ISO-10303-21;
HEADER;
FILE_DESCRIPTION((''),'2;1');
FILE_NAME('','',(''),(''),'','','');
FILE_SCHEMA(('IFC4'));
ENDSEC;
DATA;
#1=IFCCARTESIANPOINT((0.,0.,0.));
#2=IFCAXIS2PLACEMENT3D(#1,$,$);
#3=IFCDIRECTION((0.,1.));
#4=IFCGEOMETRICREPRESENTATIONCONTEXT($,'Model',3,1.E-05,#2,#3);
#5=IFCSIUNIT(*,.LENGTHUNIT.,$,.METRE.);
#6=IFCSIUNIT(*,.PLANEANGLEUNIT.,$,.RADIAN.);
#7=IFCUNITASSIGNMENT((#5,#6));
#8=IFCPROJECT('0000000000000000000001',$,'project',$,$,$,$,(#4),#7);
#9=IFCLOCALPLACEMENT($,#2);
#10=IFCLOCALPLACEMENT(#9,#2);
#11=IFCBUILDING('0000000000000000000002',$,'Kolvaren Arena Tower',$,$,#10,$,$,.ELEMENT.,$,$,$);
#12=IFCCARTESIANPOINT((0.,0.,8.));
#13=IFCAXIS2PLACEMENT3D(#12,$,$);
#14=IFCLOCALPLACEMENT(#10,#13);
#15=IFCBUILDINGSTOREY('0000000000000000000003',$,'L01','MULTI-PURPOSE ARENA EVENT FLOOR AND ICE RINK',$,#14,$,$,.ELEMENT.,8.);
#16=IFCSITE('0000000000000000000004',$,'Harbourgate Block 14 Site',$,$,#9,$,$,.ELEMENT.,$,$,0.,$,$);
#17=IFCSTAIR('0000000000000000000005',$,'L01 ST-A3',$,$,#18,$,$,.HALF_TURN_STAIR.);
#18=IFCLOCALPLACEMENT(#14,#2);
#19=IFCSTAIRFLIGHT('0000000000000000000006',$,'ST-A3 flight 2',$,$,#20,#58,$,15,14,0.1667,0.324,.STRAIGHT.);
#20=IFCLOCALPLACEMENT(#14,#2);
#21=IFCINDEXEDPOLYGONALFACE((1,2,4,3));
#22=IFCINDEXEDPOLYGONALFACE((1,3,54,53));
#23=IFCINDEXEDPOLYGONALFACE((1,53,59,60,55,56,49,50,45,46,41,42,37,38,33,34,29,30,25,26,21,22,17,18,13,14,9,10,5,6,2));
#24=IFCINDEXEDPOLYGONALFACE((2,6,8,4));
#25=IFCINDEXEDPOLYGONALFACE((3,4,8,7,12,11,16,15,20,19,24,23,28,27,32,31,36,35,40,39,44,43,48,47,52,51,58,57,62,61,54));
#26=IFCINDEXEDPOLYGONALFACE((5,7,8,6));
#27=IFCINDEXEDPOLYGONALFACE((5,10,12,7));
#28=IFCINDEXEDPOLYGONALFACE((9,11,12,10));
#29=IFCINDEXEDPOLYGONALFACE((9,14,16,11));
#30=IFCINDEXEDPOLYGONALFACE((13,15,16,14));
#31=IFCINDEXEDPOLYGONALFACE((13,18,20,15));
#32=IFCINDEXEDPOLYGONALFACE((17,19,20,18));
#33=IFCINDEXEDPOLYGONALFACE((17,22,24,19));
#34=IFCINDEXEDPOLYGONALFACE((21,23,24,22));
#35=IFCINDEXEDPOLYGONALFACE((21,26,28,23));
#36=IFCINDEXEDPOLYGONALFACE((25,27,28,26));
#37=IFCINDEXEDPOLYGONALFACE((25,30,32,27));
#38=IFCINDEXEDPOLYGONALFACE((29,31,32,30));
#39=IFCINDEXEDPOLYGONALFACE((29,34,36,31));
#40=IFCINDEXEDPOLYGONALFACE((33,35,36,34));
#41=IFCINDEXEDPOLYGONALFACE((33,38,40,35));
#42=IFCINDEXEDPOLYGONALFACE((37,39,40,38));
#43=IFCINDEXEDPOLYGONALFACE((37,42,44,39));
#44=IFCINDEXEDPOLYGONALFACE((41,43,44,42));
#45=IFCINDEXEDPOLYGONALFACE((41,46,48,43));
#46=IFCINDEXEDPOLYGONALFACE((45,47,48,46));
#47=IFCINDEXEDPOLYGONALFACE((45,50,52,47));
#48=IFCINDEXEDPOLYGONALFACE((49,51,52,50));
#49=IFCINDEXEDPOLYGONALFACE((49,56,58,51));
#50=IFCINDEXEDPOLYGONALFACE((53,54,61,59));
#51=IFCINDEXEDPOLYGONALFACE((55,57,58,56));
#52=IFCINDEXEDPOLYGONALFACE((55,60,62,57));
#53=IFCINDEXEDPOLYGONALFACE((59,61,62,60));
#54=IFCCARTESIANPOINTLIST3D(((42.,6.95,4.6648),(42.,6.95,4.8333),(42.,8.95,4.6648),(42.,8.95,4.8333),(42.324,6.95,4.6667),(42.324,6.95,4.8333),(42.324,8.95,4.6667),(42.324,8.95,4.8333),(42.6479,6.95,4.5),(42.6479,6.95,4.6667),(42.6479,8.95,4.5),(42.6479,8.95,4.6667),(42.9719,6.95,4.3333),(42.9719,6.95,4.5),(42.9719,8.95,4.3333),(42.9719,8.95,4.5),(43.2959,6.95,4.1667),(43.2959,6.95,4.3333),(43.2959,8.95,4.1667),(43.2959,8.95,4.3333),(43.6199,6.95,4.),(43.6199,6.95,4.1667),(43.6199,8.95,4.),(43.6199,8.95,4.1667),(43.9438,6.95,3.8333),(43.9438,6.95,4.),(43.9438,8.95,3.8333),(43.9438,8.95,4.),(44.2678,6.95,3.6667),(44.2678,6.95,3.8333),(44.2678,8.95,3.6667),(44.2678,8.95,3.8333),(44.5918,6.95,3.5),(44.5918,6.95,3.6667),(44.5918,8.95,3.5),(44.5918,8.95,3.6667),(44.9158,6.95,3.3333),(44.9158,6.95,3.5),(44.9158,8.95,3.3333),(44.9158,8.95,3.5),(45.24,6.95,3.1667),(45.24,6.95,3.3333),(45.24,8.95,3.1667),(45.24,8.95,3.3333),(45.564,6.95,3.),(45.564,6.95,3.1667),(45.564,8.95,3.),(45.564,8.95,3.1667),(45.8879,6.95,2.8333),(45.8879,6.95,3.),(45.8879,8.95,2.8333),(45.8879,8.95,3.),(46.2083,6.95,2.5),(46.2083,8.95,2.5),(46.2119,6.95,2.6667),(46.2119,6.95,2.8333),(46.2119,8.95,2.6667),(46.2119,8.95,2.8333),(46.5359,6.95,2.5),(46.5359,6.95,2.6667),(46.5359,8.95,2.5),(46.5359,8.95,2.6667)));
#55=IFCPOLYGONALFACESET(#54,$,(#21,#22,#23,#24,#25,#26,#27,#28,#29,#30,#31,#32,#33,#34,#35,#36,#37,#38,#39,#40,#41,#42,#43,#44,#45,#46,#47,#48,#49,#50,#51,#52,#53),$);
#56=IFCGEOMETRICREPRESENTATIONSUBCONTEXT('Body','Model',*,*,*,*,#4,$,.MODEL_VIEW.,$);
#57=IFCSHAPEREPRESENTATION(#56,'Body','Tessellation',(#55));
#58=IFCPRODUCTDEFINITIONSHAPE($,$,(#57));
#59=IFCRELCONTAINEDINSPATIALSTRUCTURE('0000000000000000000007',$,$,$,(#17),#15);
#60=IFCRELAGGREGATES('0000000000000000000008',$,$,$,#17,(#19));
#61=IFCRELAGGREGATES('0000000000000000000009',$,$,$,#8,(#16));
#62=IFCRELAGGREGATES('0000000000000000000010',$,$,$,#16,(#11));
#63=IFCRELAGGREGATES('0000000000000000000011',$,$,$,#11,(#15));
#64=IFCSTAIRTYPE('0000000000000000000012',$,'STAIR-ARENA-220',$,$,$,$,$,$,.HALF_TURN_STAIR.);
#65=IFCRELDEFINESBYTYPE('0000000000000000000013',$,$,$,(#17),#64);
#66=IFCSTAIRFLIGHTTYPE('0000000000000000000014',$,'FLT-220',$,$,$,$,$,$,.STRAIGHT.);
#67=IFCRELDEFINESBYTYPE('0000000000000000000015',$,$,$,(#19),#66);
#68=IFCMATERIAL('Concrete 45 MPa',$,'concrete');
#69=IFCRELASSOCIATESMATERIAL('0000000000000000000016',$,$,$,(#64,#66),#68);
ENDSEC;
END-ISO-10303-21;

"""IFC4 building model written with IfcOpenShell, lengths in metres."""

from ifc_helpers import new_model, si_unit, direction, frame, origin, place, context, subcontext, project, spatial, polyline, outline, extrude, material, type_object, element, aggregate, save


model = new_model("IFC4")

# Units and contexts
model_context = context("Model", 3, precision=1e-05, world=origin(), true_north=direction((0.0, 1.0)))
body_context = subcontext(model_context, "Body", "Model", "MODEL_VIEW")
ifc_project = project(units=[si_unit("LENGTHUNIT", "METRE"), si_unit("PLANEANGLEUNIT", "RADIAN")], contexts=[model_context])

# Site, building, storey
site_placement = place(None, origin())
site = spatial("IfcSite", under=ifc_project, at=site_placement, Name="Harbourgate Block 14 Site", CompositionType="ELEMENT", RefElevation=0.0)
building_placement = place(site_placement, origin())
building = spatial("IfcBuilding", under=site, at=building_placement, Name="Kolvaren Arena Tower", CompositionType="ELEMENT")
storey_placement = place(building_placement, frame((0.0, 0.0, 8.0)))
storey = spatial("IfcBuildingStorey", under=building, at=storey_placement, Name="L01", Description="MULTI-PURPOSE ARENA EVENT FLOOR AND ICE RINK", CompositionType="ELEMENT", Elevation=8.0)

# Shared definitions
ifc_material_1 = material(Name="Concrete 45 MPa", Category="concrete")

# Stair, stair flight
stair_type = type_object("IfcStairType", Name="STAIR-ARENA-220", PredefinedType="HALF_TURN_STAIR", material=ifc_material_1)
stair_placement = place(storey_placement, origin())
stair = element("IfcStair", 1, at=stair_placement, inside=storey, type_object=stair_type, Name="L01 ST-A3", PredefinedType="HALF_TURN_STAIR")
stair_flight_type = type_object("IfcStairFlightType", Name="FLT-220", PredefinedType="STRAIGHT", material=ifc_material_1)
stair_flight_placement = place(storey_placement, frame((46.5359, 7.95, 2.5), z_axis=(0.0, 0.0, 1.0), x_axis=(-1.0, 0.0, 0.0)))
stair_flight = element("IfcStairFlight", 2, at=stair_flight_placement, type_object=stair_flight_type, Name="ST-A3 flight 2", NumberOfRisers=15, NumberOfTreads=14, PredefinedType="STRAIGHT", RiserHeight=0.1667, TreadLength=0.324, context=body_context, shape_type="SweptSolid", body=[
    extrude(outline(polyline([(0.0, 0.0), (0.0, 0.1667), (0.324, 0.1667), (0.324, 0.3333), (0.6479, 0.3333), (0.6479, 0.5), (0.9719, 0.5), (0.9719, 0.6667), (1.2959, 0.6667), (1.2959, 0.8333), (1.6201, 0.8333), (1.6201, 1.0), (1.9441, 1.0), (1.9441, 1.1667), (2.2681, 1.1667), (2.2681, 1.3333), (2.592, 1.3333), (2.592, 1.5), (2.916, 1.5), (2.916, 1.6667), (3.24, 1.6667), (3.24, 1.8333), (3.564, 1.8333), (3.564, 2.0), (3.8879, 2.0), (3.8879, 2.1667), (4.2119, 2.1667), (4.2119, 2.3333), (4.5359, 2.3333), (4.5359, 2.5), (4.5359, 2.1648), (0.3276, 0.0), (0.0, 0.0)])), frame((0.0, 1.0, 0.0), z_axis=(0.0, -1.0, 0.0), x_axis=(1.0, 0.0, 0.0)), (0.0, 0.0, 1.0), 2.0),
])
aggregate(stair, [stair_flight])

save(model, "model.ifc")
